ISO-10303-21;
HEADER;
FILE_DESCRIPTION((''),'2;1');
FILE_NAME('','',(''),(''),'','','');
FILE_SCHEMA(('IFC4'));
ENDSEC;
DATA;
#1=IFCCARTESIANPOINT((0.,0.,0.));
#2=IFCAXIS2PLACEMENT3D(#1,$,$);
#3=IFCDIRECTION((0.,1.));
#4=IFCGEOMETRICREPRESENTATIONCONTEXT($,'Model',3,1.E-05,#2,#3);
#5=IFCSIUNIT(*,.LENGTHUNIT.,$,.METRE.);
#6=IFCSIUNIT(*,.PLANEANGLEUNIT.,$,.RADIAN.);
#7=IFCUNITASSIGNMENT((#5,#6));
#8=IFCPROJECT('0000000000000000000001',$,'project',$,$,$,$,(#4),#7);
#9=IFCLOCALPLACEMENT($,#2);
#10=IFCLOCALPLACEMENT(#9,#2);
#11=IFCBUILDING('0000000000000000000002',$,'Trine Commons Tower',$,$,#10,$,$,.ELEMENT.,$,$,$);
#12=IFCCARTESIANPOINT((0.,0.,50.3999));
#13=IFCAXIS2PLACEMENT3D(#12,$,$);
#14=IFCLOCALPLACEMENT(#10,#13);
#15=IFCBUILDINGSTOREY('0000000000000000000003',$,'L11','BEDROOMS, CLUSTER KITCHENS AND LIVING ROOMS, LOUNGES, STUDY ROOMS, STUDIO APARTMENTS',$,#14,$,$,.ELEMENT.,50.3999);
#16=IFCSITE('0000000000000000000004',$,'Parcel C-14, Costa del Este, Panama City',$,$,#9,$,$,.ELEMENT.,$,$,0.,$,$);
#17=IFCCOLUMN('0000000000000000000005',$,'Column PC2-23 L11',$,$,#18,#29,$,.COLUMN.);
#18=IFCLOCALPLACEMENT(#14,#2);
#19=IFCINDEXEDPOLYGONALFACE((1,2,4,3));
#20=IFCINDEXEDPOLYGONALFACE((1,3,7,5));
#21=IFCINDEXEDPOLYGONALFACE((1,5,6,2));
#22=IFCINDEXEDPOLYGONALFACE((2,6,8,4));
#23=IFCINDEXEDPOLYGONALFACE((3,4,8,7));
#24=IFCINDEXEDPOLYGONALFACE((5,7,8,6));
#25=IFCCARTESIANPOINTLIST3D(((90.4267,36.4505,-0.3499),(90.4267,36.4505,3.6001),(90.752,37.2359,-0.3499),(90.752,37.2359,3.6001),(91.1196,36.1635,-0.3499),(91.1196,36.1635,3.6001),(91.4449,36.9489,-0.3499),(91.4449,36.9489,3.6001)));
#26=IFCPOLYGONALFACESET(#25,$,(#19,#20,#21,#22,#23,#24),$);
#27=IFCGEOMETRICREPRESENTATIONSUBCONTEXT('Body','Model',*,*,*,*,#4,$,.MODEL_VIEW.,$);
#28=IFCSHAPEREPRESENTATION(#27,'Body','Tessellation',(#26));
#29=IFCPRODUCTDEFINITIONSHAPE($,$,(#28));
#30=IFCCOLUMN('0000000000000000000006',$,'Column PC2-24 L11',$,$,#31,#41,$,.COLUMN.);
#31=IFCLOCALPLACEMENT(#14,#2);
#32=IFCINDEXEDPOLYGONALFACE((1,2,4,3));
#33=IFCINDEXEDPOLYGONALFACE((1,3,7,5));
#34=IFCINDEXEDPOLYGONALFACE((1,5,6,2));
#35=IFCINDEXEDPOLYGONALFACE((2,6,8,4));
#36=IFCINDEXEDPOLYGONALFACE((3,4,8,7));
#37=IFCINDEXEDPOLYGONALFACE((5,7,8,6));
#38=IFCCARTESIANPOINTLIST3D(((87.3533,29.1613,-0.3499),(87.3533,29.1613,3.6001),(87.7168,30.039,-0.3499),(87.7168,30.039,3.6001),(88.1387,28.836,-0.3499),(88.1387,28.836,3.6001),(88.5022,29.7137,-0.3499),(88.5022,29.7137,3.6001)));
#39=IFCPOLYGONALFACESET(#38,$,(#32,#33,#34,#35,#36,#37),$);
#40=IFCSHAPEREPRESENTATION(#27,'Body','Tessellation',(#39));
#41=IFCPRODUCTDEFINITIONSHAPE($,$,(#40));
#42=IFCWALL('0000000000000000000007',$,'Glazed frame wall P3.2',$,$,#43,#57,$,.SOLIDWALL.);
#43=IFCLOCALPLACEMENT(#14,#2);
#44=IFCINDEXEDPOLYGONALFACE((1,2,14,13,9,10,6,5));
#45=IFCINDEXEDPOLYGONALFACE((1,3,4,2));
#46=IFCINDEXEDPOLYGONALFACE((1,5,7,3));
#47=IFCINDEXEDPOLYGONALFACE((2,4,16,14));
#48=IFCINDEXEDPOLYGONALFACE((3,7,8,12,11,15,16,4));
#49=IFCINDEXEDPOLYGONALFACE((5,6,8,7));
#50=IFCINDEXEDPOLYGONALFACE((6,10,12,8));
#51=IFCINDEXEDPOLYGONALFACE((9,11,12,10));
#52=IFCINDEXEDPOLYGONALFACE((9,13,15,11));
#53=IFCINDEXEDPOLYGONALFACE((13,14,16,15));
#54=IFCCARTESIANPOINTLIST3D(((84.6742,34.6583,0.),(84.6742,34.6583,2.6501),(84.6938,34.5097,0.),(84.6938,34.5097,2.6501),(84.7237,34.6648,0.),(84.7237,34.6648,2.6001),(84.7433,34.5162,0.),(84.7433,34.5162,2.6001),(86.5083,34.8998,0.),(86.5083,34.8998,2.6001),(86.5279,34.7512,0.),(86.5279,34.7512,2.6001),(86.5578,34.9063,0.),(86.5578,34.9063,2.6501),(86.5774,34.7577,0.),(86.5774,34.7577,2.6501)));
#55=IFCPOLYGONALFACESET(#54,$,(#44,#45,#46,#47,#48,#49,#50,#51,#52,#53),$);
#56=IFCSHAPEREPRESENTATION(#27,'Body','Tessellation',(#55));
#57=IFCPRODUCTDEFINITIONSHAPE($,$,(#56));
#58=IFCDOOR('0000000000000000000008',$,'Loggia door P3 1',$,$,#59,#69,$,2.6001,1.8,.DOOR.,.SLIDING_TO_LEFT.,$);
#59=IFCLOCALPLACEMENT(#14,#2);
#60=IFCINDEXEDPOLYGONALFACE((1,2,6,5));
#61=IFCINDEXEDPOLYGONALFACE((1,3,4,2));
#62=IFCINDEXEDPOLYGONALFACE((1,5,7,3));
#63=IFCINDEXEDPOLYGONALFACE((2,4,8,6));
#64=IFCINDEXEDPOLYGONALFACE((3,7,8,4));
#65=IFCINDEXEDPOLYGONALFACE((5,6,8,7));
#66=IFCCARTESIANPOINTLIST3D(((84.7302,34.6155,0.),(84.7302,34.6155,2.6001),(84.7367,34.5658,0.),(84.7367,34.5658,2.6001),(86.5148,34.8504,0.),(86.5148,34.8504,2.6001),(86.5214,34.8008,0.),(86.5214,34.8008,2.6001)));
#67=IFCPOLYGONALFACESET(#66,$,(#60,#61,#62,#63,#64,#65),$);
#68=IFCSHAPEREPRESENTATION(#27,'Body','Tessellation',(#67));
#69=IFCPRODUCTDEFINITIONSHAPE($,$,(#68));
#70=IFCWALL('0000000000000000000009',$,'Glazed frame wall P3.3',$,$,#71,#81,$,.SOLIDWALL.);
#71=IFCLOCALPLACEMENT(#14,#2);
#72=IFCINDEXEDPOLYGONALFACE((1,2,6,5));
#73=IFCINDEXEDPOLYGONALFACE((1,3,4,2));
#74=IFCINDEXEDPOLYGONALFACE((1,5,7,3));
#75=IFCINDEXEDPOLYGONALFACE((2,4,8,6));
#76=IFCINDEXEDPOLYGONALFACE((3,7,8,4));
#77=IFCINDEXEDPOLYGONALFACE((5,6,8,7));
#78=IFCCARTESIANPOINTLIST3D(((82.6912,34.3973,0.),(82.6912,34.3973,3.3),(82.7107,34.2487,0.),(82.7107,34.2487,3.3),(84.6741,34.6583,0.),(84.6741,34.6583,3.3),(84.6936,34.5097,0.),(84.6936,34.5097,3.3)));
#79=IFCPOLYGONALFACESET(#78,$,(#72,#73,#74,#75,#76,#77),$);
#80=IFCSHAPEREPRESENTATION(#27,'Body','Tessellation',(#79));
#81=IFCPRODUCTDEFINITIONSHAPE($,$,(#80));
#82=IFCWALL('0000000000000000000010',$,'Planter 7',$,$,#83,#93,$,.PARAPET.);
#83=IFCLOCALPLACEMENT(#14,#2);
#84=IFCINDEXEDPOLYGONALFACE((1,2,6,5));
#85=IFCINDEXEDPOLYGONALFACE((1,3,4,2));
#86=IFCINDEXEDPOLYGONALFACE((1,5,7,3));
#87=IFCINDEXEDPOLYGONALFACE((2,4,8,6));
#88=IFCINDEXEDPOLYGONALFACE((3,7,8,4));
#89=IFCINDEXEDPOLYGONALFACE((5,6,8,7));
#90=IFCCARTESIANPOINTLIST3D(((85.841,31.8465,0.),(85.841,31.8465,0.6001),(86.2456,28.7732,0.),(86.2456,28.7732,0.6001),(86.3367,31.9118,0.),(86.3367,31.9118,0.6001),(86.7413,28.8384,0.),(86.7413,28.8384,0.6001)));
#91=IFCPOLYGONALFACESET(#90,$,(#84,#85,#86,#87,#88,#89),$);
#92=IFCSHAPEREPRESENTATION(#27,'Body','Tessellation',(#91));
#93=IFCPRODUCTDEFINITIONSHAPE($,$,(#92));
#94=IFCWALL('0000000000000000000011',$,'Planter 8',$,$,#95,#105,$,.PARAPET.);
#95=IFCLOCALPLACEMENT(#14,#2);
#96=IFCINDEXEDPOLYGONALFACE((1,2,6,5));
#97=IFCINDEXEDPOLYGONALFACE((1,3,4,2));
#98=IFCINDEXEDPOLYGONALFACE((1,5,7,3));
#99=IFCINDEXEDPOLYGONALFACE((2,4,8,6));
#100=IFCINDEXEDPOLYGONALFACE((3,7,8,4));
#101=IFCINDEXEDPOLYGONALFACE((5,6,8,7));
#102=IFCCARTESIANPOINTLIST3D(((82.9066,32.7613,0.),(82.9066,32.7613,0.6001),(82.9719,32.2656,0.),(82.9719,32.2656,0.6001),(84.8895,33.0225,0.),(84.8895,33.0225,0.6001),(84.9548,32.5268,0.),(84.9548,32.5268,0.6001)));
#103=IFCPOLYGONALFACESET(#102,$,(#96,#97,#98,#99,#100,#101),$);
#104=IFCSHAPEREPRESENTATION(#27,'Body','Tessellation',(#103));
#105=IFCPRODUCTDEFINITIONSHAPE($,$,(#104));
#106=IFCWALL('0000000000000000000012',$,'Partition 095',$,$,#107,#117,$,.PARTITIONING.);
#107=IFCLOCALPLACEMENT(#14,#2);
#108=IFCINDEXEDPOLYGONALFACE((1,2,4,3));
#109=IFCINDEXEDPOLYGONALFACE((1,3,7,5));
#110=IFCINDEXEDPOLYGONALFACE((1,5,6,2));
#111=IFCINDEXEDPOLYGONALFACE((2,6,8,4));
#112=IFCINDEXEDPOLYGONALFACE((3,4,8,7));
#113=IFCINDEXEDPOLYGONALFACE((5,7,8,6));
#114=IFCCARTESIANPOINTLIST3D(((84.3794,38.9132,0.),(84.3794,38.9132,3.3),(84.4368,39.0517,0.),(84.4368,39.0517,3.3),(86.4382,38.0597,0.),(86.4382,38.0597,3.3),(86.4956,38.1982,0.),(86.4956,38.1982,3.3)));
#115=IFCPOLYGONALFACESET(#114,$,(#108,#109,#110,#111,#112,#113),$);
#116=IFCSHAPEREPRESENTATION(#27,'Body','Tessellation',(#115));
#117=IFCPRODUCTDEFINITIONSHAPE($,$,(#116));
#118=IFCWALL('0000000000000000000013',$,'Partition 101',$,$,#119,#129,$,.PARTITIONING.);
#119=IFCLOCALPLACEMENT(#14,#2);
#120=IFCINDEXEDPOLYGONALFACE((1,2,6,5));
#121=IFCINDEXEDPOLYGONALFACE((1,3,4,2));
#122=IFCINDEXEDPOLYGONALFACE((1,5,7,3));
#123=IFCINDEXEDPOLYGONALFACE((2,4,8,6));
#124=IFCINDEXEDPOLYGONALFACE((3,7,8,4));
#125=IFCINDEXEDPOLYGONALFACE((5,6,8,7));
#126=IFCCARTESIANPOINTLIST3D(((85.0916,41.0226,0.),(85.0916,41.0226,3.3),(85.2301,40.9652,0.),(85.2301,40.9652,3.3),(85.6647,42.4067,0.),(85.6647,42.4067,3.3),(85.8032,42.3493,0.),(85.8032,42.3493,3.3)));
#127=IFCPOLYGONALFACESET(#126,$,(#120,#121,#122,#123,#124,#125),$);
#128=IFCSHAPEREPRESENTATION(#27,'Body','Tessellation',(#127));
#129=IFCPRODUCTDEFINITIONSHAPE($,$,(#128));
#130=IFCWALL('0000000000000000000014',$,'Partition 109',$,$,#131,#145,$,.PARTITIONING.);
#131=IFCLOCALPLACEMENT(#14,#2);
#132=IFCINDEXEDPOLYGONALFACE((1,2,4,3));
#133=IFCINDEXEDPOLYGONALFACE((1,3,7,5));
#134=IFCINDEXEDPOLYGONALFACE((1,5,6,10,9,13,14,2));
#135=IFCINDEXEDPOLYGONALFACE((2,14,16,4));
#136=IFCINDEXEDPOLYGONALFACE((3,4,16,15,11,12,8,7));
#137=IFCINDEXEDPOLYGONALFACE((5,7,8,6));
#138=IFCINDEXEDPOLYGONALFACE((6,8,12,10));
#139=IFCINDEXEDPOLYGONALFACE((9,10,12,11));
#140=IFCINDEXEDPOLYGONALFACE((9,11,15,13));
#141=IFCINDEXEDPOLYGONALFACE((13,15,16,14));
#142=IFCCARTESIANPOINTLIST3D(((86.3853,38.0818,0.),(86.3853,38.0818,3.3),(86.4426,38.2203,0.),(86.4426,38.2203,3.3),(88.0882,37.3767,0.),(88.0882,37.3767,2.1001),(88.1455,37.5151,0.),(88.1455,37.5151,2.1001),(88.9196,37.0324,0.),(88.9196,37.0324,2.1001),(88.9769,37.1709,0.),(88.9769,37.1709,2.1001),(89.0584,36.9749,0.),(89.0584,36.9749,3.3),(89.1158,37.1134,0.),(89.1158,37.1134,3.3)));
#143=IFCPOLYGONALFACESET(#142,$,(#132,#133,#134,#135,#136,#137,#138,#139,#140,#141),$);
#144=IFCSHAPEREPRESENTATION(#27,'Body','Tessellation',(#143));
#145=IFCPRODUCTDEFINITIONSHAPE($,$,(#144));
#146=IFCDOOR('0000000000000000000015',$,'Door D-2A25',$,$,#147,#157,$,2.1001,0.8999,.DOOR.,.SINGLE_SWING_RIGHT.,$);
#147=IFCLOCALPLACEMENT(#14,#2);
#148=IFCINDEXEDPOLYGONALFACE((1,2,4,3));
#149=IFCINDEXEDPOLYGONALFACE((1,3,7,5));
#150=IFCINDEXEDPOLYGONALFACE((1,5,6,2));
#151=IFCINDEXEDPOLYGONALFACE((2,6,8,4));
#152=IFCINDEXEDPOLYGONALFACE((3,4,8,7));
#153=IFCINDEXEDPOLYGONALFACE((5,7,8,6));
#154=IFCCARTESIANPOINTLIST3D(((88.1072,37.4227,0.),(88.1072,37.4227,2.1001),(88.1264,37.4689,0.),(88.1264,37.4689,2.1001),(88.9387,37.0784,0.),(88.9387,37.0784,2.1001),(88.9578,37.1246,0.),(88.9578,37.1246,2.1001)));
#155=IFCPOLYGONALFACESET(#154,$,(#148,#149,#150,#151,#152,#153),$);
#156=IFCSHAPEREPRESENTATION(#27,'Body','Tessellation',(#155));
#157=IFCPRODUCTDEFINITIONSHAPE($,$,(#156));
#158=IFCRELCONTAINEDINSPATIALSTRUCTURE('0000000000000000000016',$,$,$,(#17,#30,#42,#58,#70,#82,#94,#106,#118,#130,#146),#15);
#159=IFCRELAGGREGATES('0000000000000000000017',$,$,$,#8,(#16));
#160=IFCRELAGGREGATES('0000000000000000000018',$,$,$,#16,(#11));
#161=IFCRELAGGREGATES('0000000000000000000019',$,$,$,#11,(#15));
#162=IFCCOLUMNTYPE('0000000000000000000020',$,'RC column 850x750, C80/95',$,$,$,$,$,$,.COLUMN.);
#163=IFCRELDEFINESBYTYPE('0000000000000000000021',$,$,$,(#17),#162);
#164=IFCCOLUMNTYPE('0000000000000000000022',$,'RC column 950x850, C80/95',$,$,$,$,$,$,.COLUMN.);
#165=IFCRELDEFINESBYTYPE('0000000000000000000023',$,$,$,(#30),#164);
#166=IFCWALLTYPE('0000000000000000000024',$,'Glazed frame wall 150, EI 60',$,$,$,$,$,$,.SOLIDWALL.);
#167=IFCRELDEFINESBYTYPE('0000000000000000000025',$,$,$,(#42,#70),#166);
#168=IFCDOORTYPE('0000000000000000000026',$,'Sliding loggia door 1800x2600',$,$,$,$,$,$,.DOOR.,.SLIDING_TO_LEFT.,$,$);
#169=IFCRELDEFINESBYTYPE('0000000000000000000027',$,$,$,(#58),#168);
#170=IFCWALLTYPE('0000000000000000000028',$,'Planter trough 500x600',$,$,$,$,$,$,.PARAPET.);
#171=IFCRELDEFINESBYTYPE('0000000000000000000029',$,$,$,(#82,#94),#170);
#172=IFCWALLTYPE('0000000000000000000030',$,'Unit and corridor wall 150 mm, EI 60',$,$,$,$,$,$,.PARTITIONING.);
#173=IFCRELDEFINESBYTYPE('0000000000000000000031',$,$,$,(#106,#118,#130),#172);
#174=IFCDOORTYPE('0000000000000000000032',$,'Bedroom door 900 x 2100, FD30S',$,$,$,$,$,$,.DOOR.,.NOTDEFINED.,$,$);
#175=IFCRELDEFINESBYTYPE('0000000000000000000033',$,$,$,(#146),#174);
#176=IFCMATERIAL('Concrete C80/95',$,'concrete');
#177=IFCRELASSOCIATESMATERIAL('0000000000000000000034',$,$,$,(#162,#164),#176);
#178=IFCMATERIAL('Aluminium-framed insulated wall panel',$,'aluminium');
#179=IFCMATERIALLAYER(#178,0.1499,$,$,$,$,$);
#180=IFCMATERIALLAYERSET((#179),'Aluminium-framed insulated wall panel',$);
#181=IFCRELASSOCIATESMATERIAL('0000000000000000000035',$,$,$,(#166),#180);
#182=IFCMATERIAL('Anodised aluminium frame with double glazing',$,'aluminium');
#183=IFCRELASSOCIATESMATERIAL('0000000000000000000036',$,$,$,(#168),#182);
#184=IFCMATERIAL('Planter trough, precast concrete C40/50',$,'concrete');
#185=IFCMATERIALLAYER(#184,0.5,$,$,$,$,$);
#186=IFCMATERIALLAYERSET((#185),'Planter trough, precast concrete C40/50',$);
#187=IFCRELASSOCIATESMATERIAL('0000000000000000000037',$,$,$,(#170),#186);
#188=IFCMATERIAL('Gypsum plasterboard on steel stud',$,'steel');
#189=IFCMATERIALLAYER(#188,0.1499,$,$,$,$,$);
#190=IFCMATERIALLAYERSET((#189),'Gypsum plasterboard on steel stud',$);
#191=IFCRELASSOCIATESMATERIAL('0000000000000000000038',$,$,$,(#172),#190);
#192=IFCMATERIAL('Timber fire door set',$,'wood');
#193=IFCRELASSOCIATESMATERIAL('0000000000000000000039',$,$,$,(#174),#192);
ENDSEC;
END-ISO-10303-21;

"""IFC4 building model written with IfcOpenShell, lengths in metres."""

from ifc_helpers import new_model, si_unit, direction, frame, frame_2d, origin, origin_2d, place, context, subcontext, project, spatial, polyline, rectangle, outline, extrude, material, layer, layer_set, material_profile, profile_set, type_object, element, fill, save


model = new_model("IFC4")

# Units and contexts
model_context = context("Model", 3, precision=1e-05, world=origin(), true_north=direction((0.0, 1.0)))
body_context = subcontext(model_context, "Body", "Model", "MODEL_VIEW")
ifc_project = project(units=[si_unit("LENGTHUNIT", "METRE"), si_unit("PLANEANGLEUNIT", "RADIAN")], contexts=[model_context])

# Site, building, storey
site_placement = place(None, origin())
site = spatial("IfcSite", under=ifc_project, at=site_placement, Name="Parcel C-14, Costa del Este, Panama City", CompositionType="ELEMENT", RefElevation=0.0)
building_placement = place(site_placement, origin())
building = spatial("IfcBuilding", under=site, at=building_placement, Name="Trine Commons Tower", CompositionType="ELEMENT")
storey_placement = place(building_placement, frame((0.0, 0.0, 50.3999)))
storey = spatial("IfcBuildingStorey", under=building, at=storey_placement, Name="L11", Description="BEDROOMS, CLUSTER KITCHENS AND LIVING ROOMS, LOUNGES, STUDY ROOMS, STUDIO APARTMENTS", CompositionType="ELEMENT", Elevation=50.3999)

# Columns
ifc_material_1 = material(Name="Concrete C80/95", Category="concrete")
ifc_material_profile_1 = material_profile(ifc_material_1, rectangle(XDim=0.8501, YDim=0.75, at=origin_2d()), Name="RC 850x750")
ifc_profile_set_1 = profile_set([ifc_material_profile_1], Name="Concrete C80/95")
column_type_1 = type_object("IfcColumnType", Name="RC column 850x750, C80/95", PredefinedType="COLUMN", material=ifc_profile_set_1)
column_1_placement = place(storey_placement, frame((90.9358, 36.6997, -0.3499), z_axis=(0.0, 0.0, 1.0), x_axis=(0.382683, 0.92388, 0.0)))
element("IfcColumn", 1, at=column_1_placement, inside=storey, type_object=column_type_1, Name="Column PC2-23 L11", PredefinedType="COLUMN", context=body_context, shape_type="SweptSolid", body=[
    extrude(rectangle(XDim=0.8501, YDim=0.75, at=origin_2d()), origin(), (0.0, 0.0, 1.0), 3.95),
])
ifc_material_profile_2 = material_profile(ifc_material_1, rectangle(XDim=0.95, YDim=0.8501, at=origin_2d()), Name="RC 950x850")
ifc_profile_set_2 = profile_set([ifc_material_profile_2], Name="Concrete C80/95")
column_type_2 = type_object("IfcColumnType", Name="RC column 950x850, C80/95", PredefinedType="COLUMN", material=ifc_profile_set_2)
column_2_placement = place(storey_placement, frame((87.9277, 29.4375, -0.3499), z_axis=(0.0, 0.0, 1.0), x_axis=(0.382683, 0.92388, 0.0)))
element("IfcColumn", 2, at=column_2_placement, inside=storey, type_object=column_type_2, Name="Column PC2-24 L11", PredefinedType="COLUMN", context=body_context, shape_type="SweptSolid", body=[
    extrude(rectangle(XDim=0.95, YDim=0.8501, at=origin_2d()), origin(), (0.0, 0.0, 1.0), 3.95),
])

# Shared definitions
ifc_material_2 = material(Name="Aluminium-framed insulated wall panel", Category="aluminium")
ifc_layer_1 = layer(ifc_material_2, 0.1499)
ifc_layer_set_1 = layer_set([ifc_layer_1], Name="Aluminium-framed insulated wall panel")
wall_type_1 = type_object("IfcWallType", Name="Glazed frame wall 150, EI 60", PredefinedType="SOLIDWALL", material=ifc_layer_set_1)

# Wall, opening, door
wall_1_placement = place(storey_placement, frame((86.5676, 34.832, 0.0), z_axis=(0.0, 0.0, 1.0), x_axis=(-0.991442, -0.130548, 0.0)))
wall_1 = element("IfcWall", 3, at=wall_1_placement, inside=storey, type_object=wall_type_1, Name="Glazed frame wall P3.2", PredefinedType="SOLIDWALL", context=body_context, shape_type="SweptSolid", body=[
    extrude(outline(polyline([(0.0, -0.075), (1.8999, -0.075), (1.8999, 0.075), (0.0, 0.075), (0.0, -0.075)])), origin(), (0.0, 0.0, 1.0), 2.6501),
])
opening_1_placement = place(wall_1_placement, frame((0.05, 0.0, 0.0)))
opening_1 = element("IfcOpeningElement", 4, at=opening_1_placement, cuts=wall_1, PredefinedType="OPENING", context=body_context, shape_type="SweptSolid", body=[
    extrude(rectangle(XDim=1.8, YDim=2.6001, at=frame_2d((0.8999, 1.3))), frame((0.0, 0.085, 0.0), z_axis=(0.0, -1.0, 0.0), x_axis=(1.0, 0.0, 0.0)), (0.0, 0.0, 1.0), 0.1699),
])
ifc_material_3 = material(Name="Anodised aluminium frame with double glazing", Category="aluminium")
door_type_1 = type_object("IfcDoorType", Name="Sliding loggia door 1800x2600", OperationType="SLIDING_TO_LEFT", PredefinedType="DOOR", material=ifc_material_3)
door_1_placement = place(opening_1_placement, origin())
door_1 = element("IfcDoor", 5, at=door_1_placement, inside=storey, type_object=door_type_1, Name="Loggia door P3 1", OperationType="SLIDING_TO_LEFT", OverallHeight=2.6001, OverallWidth=1.8, PredefinedType="DOOR", context=body_context, shape_type="SweptSolid", body=[
    extrude(rectangle(XDim=1.8, YDim=2.6001, at=frame_2d((0.8999, 1.3))), frame((0.0, 0.0249, 0.0), z_axis=(0.0, -1.0, 0.0), x_axis=(1.0, 0.0, 0.0)), (0.0, 0.0, 1.0), 0.05),
])
fill(opening_1, door_1)

# Walls
wall_2_placement = place(storey_placement, frame((84.6838, 34.584, 0.0), z_axis=(0.0, 0.0, 1.0), x_axis=(-0.991449, -0.130492, 0.0)))
element("IfcWall", 6, at=wall_2_placement, inside=storey, type_object=wall_type_1, Name="Glazed frame wall P3.3", PredefinedType="SOLIDWALL", context=body_context, shape_type="SweptSolid", body=[
    extrude(outline(polyline([(0.0, -0.075), (2.0, -0.075), (2.0, 0.075), (0.0, 0.075), (0.0, -0.075)])), origin(), (0.0, 0.0, 1.0), 3.3),
])
ifc_material_4 = material(Name="Planter trough, precast concrete C40/50", Category="concrete")
ifc_layer_2 = layer(ifc_material_4, 0.5)
ifc_layer_set_2 = layer_set([ifc_layer_2], Name="Planter trough, precast concrete C40/50")
wall_type_2 = type_object("IfcWallType", Name="Planter trough 500x600", PredefinedType="PARAPET", material=ifc_layer_set_2)
wall_3_placement = place(storey_placement, frame((86.4934, 28.8059, 0.0), z_axis=(0.0, 0.0, 1.0), x_axis=(-0.130507, 0.991447, 0.0)))
element("IfcWall", 7, at=wall_3_placement, inside=storey, type_object=wall_type_2, Name="Planter 7", PredefinedType="PARAPET", context=body_context, shape_type="SweptSolid", body=[
    extrude(rectangle(XDim=3.0999, YDim=0.5, at=frame_2d((1.5498, 0.0))), origin(), (0.0, 0.0, 1.0), 0.6001),
])
wall_4_placement = place(storey_placement, frame((84.9221, 32.7747, 0.0), z_axis=(0.0, 0.0, 1.0), x_axis=(-0.991434, -0.130612, 0.0)))
element("IfcWall", 8, at=wall_4_placement, inside=storey, type_object=wall_type_2, Name="Planter 8", PredefinedType="PARAPET", context=body_context, shape_type="SweptSolid", body=[
    extrude(rectangle(XDim=2.0, YDim=0.5, at=frame_2d((1.0, 0.0))), origin(), (0.0, 0.0, 1.0), 0.6001),
])
ifc_material_5 = material(Name="Gypsum plasterboard on steel stud", Category="steel")
ifc_layer_3 = layer(ifc_material_5, 0.1499)
ifc_layer_set_3 = layer_set([ifc_layer_3], Name="Gypsum plasterboard on steel stud")
wall_type_3 = type_object("IfcWallType", Name="Unit and corridor wall 150 mm, EI 60", PredefinedType="PARTITIONING", material=ifc_layer_set_3)
wall_5_placement = place(storey_placement, frame((84.4082, 38.9824, 0.0), z_axis=(0.0, 0.0, 1.0), x_axis=(0.923766, -0.382958, 0.0)))
element("IfcWall", 9, at=wall_5_placement, inside=storey, type_object=wall_type_3, Name="Partition 095", PredefinedType="PARTITIONING", context=body_context, shape_type="SweptSolid", body=[
    extrude(rectangle(XDim=2.2288, YDim=0.1499, at=frame_2d((1.1143, 0.0))), origin(), (0.0, 0.0, 1.0), 3.3),
])
wall_6_placement = place(storey_placement, frame((85.1609, 40.9939, 0.0), z_axis=(0.0, 0.0, 1.0), x_axis=(0.38252, 0.923947, 0.0)))
element("IfcWall", 10, at=wall_6_placement, inside=storey, type_object=wall_type_3, Name="Partition 101", PredefinedType="PARTITIONING", context=body_context, shape_type="SweptSolid", body=[
    extrude(rectangle(XDim=1.498, YDim=0.1499, at=frame_2d((0.749, 0.0))), origin(), (0.0, 0.0, 1.0), 3.3),
])

# Wall, opening, door
wall_7_placement = place(storey_placement, frame((86.4138, 38.1511, 0.0), z_axis=(0.0, 0.0, 1.0), x_axis=(0.923916, -0.382595, 0.0)))
wall_7 = element("IfcWall", 11, at=wall_7_placement, inside=storey, type_object=wall_type_3, Name="Partition 109", PredefinedType="PARTITIONING", context=body_context, shape_type="SweptSolid", body=[
    extrude(rectangle(XDim=2.8933, YDim=0.1499, at=frame_2d((1.4468, 0.0))), origin(), (0.0, 0.0, 1.0), 3.3),
])
opening_2_placement = place(wall_7_placement, frame((1.8433, 0.0, 0.0)))
opening_2 = element("IfcOpeningElement", 12, at=opening_2_placement, cuts=wall_7, PredefinedType="OPENING", context=body_context, shape_type="SweptSolid", body=[
    extrude(rectangle(XDim=0.8999, YDim=2.1001, at=frame_2d((0.45, 1.05))), frame((0.0, 0.085, 0.0), z_axis=(0.0, -1.0, 0.0), x_axis=(1.0, 0.0, 0.0)), (0.0, 0.0, 1.0), 0.1699),
])
ifc_material_6 = material(Name="Timber fire door set", Category="wood")
door_type_2 = type_object("IfcDoorType", Name="Bedroom door 900 x 2100, FD30S", OperationType="NOTDEFINED", PredefinedType="DOOR", material=ifc_material_6)
door_2_placement = place(opening_2_placement, origin())
door_2 = element("IfcDoor", 13, at=door_2_placement, inside=storey, type_object=door_type_2, Name="Door D-2A25", OperationType="SINGLE_SWING_RIGHT", OverallHeight=2.1001, OverallWidth=0.8999, PredefinedType="DOOR", context=body_context, shape_type="SweptSolid", body=[
    extrude(rectangle(XDim=0.8999, YDim=2.1001, at=frame_2d((0.45, 1.05))), frame((0.0, 0.0249, 0.0), z_axis=(0.0, -1.0, 0.0), x_axis=(1.0, 0.0, 0.0)), (0.0, 0.0, 1.0), 0.05),
])
fill(opening_2, door_2)

save(model, "model.ifc")
